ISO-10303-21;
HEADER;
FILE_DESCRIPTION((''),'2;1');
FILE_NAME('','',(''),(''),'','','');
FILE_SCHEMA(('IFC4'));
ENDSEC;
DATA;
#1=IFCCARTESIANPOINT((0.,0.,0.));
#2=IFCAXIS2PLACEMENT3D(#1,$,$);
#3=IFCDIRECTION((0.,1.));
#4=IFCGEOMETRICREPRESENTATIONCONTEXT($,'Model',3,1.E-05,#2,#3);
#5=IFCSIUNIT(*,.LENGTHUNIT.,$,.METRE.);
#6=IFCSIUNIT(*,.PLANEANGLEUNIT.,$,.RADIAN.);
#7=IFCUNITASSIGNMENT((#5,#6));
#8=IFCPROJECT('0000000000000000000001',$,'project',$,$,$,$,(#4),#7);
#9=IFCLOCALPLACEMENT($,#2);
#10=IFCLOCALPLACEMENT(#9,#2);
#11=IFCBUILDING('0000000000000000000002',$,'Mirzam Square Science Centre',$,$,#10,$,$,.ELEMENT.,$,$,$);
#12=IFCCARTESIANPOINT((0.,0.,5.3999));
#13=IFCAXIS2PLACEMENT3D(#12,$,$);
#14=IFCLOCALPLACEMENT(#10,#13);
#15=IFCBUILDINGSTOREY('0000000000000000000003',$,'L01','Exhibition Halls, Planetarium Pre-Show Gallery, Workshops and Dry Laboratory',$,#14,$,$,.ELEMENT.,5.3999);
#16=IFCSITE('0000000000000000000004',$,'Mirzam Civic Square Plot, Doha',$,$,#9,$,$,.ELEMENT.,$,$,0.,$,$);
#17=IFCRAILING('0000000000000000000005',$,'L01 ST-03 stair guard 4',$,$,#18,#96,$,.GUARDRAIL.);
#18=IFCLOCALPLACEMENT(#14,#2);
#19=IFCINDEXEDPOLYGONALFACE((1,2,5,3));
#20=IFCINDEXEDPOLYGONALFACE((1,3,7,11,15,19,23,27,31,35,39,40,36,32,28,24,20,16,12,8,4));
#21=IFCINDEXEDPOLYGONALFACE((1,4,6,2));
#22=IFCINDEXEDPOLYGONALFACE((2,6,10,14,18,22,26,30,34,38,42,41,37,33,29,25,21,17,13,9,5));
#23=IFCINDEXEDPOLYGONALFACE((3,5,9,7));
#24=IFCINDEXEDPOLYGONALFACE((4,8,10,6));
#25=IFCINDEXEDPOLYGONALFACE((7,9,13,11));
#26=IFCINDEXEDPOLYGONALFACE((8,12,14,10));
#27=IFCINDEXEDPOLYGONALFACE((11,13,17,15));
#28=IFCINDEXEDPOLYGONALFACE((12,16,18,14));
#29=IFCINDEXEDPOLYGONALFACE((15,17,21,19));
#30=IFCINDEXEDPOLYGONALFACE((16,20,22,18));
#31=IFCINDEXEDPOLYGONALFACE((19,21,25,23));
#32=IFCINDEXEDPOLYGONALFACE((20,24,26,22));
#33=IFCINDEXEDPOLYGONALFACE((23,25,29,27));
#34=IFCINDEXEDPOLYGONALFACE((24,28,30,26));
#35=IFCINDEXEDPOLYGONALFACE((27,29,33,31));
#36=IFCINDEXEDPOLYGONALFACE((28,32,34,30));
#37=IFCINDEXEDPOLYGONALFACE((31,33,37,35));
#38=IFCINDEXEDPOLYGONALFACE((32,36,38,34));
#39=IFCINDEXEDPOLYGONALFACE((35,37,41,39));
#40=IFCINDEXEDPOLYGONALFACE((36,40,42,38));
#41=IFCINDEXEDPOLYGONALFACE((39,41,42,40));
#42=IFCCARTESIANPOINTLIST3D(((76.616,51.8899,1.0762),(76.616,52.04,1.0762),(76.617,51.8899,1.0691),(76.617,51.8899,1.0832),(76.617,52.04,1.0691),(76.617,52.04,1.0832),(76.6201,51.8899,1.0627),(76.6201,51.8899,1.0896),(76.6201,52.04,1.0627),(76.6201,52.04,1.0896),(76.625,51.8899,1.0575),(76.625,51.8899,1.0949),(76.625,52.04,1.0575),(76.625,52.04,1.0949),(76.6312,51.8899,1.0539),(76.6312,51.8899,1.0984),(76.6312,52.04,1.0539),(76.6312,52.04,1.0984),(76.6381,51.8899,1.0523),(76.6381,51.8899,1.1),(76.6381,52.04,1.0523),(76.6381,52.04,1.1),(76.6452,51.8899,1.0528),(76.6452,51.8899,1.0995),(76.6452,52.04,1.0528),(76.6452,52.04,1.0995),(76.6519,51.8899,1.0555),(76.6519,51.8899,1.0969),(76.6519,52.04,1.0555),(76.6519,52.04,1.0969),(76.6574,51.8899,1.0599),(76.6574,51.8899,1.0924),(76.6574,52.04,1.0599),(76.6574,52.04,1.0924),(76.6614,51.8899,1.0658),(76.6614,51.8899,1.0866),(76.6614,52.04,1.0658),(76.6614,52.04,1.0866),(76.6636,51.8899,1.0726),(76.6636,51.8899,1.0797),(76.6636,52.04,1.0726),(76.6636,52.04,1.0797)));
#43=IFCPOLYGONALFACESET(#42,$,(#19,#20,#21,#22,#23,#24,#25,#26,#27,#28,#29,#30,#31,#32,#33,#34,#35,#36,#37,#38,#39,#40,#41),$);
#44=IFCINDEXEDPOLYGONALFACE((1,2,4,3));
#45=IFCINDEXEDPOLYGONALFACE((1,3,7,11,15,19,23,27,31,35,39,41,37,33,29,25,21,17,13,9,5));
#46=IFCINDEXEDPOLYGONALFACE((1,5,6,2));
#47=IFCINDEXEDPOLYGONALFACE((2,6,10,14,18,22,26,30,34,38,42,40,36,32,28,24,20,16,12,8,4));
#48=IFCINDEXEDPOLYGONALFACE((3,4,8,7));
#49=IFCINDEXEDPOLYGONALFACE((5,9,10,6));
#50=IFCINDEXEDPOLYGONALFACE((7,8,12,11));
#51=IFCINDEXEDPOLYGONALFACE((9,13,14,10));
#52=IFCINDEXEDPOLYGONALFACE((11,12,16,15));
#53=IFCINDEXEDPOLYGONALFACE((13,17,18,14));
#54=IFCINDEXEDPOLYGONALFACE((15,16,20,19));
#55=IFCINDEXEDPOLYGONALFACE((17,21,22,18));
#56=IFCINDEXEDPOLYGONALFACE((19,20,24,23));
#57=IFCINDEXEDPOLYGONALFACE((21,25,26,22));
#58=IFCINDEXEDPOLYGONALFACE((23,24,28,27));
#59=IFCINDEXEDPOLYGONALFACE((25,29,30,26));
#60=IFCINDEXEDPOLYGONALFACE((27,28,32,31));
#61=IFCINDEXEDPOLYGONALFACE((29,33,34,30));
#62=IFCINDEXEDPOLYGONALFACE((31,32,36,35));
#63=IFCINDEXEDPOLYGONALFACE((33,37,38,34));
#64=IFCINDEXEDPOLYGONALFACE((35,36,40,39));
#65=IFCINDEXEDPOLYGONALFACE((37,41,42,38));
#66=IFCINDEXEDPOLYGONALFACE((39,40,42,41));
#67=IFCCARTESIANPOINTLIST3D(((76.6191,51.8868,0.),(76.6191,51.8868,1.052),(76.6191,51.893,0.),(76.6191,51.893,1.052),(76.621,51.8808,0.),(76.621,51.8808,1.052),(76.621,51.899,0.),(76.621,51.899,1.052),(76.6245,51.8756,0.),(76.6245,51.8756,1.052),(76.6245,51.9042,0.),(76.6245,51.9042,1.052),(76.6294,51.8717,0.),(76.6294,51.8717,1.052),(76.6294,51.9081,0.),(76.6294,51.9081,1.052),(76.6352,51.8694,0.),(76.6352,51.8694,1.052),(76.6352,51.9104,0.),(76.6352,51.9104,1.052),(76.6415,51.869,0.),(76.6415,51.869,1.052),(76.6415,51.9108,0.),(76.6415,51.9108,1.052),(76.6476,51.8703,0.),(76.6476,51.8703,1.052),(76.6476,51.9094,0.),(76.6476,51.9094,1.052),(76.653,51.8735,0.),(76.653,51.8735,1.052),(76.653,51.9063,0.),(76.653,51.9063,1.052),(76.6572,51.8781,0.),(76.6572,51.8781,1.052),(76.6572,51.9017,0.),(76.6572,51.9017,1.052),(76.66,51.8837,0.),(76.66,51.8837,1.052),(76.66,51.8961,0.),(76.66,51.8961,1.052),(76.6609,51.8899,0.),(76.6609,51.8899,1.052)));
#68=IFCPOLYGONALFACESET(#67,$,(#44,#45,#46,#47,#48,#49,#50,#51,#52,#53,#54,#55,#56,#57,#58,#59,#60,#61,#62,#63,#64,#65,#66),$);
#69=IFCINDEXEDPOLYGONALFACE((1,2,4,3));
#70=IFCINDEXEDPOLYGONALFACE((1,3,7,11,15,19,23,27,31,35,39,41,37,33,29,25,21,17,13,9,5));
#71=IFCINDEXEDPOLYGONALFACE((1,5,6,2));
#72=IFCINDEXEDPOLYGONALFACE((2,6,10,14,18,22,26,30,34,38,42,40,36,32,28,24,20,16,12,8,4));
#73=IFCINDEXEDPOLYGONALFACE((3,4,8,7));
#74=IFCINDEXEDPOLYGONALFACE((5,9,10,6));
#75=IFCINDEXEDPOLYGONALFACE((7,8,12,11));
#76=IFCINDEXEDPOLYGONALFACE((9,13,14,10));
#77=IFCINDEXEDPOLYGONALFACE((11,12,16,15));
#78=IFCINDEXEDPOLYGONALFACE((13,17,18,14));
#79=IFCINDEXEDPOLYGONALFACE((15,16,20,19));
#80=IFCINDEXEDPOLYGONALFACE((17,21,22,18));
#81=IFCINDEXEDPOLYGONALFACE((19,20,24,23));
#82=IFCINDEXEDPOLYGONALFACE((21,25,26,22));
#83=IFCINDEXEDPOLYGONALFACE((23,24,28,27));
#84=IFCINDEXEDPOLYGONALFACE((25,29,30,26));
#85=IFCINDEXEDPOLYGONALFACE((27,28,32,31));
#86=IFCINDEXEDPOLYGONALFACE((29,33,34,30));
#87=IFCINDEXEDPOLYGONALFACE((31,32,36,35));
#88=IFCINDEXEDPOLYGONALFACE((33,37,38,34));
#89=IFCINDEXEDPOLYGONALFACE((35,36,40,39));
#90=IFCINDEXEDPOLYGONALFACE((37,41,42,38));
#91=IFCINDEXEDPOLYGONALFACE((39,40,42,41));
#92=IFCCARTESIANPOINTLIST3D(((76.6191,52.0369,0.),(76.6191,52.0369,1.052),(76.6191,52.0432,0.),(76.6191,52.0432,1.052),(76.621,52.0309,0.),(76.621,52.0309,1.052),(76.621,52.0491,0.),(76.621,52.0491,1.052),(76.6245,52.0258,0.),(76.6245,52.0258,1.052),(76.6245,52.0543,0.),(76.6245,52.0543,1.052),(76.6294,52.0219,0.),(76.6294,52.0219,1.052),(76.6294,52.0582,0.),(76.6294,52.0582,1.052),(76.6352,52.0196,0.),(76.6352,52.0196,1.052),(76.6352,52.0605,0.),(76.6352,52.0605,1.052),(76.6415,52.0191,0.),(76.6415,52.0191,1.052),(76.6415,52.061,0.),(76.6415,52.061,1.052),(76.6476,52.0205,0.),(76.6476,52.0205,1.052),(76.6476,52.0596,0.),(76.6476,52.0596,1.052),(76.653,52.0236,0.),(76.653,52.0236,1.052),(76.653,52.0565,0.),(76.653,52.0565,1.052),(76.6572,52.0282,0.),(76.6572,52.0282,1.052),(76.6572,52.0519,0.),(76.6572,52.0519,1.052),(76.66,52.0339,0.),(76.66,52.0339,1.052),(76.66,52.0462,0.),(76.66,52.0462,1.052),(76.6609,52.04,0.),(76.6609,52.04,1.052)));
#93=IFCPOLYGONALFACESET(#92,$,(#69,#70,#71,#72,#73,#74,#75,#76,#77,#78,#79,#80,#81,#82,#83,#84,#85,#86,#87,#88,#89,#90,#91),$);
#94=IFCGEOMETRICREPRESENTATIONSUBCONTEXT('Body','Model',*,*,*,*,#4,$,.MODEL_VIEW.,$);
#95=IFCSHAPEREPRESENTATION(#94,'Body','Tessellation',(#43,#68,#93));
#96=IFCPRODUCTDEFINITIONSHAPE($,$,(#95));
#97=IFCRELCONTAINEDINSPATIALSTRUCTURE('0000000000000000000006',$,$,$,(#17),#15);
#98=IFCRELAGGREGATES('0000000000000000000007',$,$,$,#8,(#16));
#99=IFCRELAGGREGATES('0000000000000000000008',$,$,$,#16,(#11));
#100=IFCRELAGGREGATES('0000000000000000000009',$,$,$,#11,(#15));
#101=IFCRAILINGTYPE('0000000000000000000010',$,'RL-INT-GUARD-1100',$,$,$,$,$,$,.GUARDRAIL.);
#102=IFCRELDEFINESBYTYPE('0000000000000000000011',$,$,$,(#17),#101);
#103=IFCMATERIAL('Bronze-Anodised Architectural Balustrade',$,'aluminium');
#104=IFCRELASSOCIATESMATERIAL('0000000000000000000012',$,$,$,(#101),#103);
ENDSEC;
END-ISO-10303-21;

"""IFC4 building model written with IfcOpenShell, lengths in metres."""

from ifc_helpers import new_model, si_unit, direction, frame, origin, origin_2d, place, context, subcontext, project, spatial, circle, extrude, material, type_object, element, save


model = new_model("IFC4")

# Units and contexts
model_context = context("Model", 3, precision=1e-05, world=origin(), true_north=direction((0.0, 1.0)))
body_context = subcontext(model_context, "Body", "Model", "MODEL_VIEW")
ifc_project = project(units=[si_unit("LENGTHUNIT", "METRE"), si_unit("PLANEANGLEUNIT", "RADIAN")], contexts=[model_context])

# Site, building, storey
site_placement = place(None, origin())
site = spatial("IfcSite", under=ifc_project, at=site_placement, Name="Mirzam Civic Square Plot, Doha", CompositionType="ELEMENT", RefElevation=0.0)
building_placement = place(site_placement, origin())
building = spatial("IfcBuilding", under=site, at=building_placement, Name="Mirzam Square Science Centre", CompositionType="ELEMENT")
storey_placement = place(building_placement, frame((0.0, 0.0, 5.3999)))
storey = spatial("IfcBuildingStorey", under=building, at=storey_placement, Name="L01", Description="Exhibition Halls, Planetarium Pre-Show Gallery, Workshops and Dry Laboratory", CompositionType="ELEMENT", Elevation=5.3999)

# Railing
ifc_material_1 = material(Name="Bronze-Anodised Architectural Balustrade", Category="aluminium")
railing_type_1 = type_object("IfcRailingType", Name="RL-INT-GUARD-1100", PredefinedType="GUARDRAIL", material=ifc_material_1)
railing_1_placement = place(storey_placement, frame((76.6399, 51.8899, 0.0)))
element("IfcRailing", 1, at=railing_1_placement, inside=storey, type_object=railing_type_1, Name="L01 ST-03 stair guard 4", PredefinedType="GUARDRAIL", context=body_context, shape_type="SweptSolid", body=[
    extrude(circle(Radius=0.0239, at=origin_2d()), frame((0.0, 0.0, 1.0762), z_axis=(0.0, 1.0, 0.0), x_axis=(-1.0, 0.0, 0.0)), (0.0, 0.0, 1.0), 0.1501),
    extrude(circle(Radius=0.021, at=origin_2d()), origin(), (0.0, 0.0, 1.0), 1.052),
    extrude(circle(Radius=0.021, at=origin_2d()), frame((0.0, 0.1501, 0.0)), (0.0, 0.0, 1.0), 1.052),
])

save(model, "model.ifc")
